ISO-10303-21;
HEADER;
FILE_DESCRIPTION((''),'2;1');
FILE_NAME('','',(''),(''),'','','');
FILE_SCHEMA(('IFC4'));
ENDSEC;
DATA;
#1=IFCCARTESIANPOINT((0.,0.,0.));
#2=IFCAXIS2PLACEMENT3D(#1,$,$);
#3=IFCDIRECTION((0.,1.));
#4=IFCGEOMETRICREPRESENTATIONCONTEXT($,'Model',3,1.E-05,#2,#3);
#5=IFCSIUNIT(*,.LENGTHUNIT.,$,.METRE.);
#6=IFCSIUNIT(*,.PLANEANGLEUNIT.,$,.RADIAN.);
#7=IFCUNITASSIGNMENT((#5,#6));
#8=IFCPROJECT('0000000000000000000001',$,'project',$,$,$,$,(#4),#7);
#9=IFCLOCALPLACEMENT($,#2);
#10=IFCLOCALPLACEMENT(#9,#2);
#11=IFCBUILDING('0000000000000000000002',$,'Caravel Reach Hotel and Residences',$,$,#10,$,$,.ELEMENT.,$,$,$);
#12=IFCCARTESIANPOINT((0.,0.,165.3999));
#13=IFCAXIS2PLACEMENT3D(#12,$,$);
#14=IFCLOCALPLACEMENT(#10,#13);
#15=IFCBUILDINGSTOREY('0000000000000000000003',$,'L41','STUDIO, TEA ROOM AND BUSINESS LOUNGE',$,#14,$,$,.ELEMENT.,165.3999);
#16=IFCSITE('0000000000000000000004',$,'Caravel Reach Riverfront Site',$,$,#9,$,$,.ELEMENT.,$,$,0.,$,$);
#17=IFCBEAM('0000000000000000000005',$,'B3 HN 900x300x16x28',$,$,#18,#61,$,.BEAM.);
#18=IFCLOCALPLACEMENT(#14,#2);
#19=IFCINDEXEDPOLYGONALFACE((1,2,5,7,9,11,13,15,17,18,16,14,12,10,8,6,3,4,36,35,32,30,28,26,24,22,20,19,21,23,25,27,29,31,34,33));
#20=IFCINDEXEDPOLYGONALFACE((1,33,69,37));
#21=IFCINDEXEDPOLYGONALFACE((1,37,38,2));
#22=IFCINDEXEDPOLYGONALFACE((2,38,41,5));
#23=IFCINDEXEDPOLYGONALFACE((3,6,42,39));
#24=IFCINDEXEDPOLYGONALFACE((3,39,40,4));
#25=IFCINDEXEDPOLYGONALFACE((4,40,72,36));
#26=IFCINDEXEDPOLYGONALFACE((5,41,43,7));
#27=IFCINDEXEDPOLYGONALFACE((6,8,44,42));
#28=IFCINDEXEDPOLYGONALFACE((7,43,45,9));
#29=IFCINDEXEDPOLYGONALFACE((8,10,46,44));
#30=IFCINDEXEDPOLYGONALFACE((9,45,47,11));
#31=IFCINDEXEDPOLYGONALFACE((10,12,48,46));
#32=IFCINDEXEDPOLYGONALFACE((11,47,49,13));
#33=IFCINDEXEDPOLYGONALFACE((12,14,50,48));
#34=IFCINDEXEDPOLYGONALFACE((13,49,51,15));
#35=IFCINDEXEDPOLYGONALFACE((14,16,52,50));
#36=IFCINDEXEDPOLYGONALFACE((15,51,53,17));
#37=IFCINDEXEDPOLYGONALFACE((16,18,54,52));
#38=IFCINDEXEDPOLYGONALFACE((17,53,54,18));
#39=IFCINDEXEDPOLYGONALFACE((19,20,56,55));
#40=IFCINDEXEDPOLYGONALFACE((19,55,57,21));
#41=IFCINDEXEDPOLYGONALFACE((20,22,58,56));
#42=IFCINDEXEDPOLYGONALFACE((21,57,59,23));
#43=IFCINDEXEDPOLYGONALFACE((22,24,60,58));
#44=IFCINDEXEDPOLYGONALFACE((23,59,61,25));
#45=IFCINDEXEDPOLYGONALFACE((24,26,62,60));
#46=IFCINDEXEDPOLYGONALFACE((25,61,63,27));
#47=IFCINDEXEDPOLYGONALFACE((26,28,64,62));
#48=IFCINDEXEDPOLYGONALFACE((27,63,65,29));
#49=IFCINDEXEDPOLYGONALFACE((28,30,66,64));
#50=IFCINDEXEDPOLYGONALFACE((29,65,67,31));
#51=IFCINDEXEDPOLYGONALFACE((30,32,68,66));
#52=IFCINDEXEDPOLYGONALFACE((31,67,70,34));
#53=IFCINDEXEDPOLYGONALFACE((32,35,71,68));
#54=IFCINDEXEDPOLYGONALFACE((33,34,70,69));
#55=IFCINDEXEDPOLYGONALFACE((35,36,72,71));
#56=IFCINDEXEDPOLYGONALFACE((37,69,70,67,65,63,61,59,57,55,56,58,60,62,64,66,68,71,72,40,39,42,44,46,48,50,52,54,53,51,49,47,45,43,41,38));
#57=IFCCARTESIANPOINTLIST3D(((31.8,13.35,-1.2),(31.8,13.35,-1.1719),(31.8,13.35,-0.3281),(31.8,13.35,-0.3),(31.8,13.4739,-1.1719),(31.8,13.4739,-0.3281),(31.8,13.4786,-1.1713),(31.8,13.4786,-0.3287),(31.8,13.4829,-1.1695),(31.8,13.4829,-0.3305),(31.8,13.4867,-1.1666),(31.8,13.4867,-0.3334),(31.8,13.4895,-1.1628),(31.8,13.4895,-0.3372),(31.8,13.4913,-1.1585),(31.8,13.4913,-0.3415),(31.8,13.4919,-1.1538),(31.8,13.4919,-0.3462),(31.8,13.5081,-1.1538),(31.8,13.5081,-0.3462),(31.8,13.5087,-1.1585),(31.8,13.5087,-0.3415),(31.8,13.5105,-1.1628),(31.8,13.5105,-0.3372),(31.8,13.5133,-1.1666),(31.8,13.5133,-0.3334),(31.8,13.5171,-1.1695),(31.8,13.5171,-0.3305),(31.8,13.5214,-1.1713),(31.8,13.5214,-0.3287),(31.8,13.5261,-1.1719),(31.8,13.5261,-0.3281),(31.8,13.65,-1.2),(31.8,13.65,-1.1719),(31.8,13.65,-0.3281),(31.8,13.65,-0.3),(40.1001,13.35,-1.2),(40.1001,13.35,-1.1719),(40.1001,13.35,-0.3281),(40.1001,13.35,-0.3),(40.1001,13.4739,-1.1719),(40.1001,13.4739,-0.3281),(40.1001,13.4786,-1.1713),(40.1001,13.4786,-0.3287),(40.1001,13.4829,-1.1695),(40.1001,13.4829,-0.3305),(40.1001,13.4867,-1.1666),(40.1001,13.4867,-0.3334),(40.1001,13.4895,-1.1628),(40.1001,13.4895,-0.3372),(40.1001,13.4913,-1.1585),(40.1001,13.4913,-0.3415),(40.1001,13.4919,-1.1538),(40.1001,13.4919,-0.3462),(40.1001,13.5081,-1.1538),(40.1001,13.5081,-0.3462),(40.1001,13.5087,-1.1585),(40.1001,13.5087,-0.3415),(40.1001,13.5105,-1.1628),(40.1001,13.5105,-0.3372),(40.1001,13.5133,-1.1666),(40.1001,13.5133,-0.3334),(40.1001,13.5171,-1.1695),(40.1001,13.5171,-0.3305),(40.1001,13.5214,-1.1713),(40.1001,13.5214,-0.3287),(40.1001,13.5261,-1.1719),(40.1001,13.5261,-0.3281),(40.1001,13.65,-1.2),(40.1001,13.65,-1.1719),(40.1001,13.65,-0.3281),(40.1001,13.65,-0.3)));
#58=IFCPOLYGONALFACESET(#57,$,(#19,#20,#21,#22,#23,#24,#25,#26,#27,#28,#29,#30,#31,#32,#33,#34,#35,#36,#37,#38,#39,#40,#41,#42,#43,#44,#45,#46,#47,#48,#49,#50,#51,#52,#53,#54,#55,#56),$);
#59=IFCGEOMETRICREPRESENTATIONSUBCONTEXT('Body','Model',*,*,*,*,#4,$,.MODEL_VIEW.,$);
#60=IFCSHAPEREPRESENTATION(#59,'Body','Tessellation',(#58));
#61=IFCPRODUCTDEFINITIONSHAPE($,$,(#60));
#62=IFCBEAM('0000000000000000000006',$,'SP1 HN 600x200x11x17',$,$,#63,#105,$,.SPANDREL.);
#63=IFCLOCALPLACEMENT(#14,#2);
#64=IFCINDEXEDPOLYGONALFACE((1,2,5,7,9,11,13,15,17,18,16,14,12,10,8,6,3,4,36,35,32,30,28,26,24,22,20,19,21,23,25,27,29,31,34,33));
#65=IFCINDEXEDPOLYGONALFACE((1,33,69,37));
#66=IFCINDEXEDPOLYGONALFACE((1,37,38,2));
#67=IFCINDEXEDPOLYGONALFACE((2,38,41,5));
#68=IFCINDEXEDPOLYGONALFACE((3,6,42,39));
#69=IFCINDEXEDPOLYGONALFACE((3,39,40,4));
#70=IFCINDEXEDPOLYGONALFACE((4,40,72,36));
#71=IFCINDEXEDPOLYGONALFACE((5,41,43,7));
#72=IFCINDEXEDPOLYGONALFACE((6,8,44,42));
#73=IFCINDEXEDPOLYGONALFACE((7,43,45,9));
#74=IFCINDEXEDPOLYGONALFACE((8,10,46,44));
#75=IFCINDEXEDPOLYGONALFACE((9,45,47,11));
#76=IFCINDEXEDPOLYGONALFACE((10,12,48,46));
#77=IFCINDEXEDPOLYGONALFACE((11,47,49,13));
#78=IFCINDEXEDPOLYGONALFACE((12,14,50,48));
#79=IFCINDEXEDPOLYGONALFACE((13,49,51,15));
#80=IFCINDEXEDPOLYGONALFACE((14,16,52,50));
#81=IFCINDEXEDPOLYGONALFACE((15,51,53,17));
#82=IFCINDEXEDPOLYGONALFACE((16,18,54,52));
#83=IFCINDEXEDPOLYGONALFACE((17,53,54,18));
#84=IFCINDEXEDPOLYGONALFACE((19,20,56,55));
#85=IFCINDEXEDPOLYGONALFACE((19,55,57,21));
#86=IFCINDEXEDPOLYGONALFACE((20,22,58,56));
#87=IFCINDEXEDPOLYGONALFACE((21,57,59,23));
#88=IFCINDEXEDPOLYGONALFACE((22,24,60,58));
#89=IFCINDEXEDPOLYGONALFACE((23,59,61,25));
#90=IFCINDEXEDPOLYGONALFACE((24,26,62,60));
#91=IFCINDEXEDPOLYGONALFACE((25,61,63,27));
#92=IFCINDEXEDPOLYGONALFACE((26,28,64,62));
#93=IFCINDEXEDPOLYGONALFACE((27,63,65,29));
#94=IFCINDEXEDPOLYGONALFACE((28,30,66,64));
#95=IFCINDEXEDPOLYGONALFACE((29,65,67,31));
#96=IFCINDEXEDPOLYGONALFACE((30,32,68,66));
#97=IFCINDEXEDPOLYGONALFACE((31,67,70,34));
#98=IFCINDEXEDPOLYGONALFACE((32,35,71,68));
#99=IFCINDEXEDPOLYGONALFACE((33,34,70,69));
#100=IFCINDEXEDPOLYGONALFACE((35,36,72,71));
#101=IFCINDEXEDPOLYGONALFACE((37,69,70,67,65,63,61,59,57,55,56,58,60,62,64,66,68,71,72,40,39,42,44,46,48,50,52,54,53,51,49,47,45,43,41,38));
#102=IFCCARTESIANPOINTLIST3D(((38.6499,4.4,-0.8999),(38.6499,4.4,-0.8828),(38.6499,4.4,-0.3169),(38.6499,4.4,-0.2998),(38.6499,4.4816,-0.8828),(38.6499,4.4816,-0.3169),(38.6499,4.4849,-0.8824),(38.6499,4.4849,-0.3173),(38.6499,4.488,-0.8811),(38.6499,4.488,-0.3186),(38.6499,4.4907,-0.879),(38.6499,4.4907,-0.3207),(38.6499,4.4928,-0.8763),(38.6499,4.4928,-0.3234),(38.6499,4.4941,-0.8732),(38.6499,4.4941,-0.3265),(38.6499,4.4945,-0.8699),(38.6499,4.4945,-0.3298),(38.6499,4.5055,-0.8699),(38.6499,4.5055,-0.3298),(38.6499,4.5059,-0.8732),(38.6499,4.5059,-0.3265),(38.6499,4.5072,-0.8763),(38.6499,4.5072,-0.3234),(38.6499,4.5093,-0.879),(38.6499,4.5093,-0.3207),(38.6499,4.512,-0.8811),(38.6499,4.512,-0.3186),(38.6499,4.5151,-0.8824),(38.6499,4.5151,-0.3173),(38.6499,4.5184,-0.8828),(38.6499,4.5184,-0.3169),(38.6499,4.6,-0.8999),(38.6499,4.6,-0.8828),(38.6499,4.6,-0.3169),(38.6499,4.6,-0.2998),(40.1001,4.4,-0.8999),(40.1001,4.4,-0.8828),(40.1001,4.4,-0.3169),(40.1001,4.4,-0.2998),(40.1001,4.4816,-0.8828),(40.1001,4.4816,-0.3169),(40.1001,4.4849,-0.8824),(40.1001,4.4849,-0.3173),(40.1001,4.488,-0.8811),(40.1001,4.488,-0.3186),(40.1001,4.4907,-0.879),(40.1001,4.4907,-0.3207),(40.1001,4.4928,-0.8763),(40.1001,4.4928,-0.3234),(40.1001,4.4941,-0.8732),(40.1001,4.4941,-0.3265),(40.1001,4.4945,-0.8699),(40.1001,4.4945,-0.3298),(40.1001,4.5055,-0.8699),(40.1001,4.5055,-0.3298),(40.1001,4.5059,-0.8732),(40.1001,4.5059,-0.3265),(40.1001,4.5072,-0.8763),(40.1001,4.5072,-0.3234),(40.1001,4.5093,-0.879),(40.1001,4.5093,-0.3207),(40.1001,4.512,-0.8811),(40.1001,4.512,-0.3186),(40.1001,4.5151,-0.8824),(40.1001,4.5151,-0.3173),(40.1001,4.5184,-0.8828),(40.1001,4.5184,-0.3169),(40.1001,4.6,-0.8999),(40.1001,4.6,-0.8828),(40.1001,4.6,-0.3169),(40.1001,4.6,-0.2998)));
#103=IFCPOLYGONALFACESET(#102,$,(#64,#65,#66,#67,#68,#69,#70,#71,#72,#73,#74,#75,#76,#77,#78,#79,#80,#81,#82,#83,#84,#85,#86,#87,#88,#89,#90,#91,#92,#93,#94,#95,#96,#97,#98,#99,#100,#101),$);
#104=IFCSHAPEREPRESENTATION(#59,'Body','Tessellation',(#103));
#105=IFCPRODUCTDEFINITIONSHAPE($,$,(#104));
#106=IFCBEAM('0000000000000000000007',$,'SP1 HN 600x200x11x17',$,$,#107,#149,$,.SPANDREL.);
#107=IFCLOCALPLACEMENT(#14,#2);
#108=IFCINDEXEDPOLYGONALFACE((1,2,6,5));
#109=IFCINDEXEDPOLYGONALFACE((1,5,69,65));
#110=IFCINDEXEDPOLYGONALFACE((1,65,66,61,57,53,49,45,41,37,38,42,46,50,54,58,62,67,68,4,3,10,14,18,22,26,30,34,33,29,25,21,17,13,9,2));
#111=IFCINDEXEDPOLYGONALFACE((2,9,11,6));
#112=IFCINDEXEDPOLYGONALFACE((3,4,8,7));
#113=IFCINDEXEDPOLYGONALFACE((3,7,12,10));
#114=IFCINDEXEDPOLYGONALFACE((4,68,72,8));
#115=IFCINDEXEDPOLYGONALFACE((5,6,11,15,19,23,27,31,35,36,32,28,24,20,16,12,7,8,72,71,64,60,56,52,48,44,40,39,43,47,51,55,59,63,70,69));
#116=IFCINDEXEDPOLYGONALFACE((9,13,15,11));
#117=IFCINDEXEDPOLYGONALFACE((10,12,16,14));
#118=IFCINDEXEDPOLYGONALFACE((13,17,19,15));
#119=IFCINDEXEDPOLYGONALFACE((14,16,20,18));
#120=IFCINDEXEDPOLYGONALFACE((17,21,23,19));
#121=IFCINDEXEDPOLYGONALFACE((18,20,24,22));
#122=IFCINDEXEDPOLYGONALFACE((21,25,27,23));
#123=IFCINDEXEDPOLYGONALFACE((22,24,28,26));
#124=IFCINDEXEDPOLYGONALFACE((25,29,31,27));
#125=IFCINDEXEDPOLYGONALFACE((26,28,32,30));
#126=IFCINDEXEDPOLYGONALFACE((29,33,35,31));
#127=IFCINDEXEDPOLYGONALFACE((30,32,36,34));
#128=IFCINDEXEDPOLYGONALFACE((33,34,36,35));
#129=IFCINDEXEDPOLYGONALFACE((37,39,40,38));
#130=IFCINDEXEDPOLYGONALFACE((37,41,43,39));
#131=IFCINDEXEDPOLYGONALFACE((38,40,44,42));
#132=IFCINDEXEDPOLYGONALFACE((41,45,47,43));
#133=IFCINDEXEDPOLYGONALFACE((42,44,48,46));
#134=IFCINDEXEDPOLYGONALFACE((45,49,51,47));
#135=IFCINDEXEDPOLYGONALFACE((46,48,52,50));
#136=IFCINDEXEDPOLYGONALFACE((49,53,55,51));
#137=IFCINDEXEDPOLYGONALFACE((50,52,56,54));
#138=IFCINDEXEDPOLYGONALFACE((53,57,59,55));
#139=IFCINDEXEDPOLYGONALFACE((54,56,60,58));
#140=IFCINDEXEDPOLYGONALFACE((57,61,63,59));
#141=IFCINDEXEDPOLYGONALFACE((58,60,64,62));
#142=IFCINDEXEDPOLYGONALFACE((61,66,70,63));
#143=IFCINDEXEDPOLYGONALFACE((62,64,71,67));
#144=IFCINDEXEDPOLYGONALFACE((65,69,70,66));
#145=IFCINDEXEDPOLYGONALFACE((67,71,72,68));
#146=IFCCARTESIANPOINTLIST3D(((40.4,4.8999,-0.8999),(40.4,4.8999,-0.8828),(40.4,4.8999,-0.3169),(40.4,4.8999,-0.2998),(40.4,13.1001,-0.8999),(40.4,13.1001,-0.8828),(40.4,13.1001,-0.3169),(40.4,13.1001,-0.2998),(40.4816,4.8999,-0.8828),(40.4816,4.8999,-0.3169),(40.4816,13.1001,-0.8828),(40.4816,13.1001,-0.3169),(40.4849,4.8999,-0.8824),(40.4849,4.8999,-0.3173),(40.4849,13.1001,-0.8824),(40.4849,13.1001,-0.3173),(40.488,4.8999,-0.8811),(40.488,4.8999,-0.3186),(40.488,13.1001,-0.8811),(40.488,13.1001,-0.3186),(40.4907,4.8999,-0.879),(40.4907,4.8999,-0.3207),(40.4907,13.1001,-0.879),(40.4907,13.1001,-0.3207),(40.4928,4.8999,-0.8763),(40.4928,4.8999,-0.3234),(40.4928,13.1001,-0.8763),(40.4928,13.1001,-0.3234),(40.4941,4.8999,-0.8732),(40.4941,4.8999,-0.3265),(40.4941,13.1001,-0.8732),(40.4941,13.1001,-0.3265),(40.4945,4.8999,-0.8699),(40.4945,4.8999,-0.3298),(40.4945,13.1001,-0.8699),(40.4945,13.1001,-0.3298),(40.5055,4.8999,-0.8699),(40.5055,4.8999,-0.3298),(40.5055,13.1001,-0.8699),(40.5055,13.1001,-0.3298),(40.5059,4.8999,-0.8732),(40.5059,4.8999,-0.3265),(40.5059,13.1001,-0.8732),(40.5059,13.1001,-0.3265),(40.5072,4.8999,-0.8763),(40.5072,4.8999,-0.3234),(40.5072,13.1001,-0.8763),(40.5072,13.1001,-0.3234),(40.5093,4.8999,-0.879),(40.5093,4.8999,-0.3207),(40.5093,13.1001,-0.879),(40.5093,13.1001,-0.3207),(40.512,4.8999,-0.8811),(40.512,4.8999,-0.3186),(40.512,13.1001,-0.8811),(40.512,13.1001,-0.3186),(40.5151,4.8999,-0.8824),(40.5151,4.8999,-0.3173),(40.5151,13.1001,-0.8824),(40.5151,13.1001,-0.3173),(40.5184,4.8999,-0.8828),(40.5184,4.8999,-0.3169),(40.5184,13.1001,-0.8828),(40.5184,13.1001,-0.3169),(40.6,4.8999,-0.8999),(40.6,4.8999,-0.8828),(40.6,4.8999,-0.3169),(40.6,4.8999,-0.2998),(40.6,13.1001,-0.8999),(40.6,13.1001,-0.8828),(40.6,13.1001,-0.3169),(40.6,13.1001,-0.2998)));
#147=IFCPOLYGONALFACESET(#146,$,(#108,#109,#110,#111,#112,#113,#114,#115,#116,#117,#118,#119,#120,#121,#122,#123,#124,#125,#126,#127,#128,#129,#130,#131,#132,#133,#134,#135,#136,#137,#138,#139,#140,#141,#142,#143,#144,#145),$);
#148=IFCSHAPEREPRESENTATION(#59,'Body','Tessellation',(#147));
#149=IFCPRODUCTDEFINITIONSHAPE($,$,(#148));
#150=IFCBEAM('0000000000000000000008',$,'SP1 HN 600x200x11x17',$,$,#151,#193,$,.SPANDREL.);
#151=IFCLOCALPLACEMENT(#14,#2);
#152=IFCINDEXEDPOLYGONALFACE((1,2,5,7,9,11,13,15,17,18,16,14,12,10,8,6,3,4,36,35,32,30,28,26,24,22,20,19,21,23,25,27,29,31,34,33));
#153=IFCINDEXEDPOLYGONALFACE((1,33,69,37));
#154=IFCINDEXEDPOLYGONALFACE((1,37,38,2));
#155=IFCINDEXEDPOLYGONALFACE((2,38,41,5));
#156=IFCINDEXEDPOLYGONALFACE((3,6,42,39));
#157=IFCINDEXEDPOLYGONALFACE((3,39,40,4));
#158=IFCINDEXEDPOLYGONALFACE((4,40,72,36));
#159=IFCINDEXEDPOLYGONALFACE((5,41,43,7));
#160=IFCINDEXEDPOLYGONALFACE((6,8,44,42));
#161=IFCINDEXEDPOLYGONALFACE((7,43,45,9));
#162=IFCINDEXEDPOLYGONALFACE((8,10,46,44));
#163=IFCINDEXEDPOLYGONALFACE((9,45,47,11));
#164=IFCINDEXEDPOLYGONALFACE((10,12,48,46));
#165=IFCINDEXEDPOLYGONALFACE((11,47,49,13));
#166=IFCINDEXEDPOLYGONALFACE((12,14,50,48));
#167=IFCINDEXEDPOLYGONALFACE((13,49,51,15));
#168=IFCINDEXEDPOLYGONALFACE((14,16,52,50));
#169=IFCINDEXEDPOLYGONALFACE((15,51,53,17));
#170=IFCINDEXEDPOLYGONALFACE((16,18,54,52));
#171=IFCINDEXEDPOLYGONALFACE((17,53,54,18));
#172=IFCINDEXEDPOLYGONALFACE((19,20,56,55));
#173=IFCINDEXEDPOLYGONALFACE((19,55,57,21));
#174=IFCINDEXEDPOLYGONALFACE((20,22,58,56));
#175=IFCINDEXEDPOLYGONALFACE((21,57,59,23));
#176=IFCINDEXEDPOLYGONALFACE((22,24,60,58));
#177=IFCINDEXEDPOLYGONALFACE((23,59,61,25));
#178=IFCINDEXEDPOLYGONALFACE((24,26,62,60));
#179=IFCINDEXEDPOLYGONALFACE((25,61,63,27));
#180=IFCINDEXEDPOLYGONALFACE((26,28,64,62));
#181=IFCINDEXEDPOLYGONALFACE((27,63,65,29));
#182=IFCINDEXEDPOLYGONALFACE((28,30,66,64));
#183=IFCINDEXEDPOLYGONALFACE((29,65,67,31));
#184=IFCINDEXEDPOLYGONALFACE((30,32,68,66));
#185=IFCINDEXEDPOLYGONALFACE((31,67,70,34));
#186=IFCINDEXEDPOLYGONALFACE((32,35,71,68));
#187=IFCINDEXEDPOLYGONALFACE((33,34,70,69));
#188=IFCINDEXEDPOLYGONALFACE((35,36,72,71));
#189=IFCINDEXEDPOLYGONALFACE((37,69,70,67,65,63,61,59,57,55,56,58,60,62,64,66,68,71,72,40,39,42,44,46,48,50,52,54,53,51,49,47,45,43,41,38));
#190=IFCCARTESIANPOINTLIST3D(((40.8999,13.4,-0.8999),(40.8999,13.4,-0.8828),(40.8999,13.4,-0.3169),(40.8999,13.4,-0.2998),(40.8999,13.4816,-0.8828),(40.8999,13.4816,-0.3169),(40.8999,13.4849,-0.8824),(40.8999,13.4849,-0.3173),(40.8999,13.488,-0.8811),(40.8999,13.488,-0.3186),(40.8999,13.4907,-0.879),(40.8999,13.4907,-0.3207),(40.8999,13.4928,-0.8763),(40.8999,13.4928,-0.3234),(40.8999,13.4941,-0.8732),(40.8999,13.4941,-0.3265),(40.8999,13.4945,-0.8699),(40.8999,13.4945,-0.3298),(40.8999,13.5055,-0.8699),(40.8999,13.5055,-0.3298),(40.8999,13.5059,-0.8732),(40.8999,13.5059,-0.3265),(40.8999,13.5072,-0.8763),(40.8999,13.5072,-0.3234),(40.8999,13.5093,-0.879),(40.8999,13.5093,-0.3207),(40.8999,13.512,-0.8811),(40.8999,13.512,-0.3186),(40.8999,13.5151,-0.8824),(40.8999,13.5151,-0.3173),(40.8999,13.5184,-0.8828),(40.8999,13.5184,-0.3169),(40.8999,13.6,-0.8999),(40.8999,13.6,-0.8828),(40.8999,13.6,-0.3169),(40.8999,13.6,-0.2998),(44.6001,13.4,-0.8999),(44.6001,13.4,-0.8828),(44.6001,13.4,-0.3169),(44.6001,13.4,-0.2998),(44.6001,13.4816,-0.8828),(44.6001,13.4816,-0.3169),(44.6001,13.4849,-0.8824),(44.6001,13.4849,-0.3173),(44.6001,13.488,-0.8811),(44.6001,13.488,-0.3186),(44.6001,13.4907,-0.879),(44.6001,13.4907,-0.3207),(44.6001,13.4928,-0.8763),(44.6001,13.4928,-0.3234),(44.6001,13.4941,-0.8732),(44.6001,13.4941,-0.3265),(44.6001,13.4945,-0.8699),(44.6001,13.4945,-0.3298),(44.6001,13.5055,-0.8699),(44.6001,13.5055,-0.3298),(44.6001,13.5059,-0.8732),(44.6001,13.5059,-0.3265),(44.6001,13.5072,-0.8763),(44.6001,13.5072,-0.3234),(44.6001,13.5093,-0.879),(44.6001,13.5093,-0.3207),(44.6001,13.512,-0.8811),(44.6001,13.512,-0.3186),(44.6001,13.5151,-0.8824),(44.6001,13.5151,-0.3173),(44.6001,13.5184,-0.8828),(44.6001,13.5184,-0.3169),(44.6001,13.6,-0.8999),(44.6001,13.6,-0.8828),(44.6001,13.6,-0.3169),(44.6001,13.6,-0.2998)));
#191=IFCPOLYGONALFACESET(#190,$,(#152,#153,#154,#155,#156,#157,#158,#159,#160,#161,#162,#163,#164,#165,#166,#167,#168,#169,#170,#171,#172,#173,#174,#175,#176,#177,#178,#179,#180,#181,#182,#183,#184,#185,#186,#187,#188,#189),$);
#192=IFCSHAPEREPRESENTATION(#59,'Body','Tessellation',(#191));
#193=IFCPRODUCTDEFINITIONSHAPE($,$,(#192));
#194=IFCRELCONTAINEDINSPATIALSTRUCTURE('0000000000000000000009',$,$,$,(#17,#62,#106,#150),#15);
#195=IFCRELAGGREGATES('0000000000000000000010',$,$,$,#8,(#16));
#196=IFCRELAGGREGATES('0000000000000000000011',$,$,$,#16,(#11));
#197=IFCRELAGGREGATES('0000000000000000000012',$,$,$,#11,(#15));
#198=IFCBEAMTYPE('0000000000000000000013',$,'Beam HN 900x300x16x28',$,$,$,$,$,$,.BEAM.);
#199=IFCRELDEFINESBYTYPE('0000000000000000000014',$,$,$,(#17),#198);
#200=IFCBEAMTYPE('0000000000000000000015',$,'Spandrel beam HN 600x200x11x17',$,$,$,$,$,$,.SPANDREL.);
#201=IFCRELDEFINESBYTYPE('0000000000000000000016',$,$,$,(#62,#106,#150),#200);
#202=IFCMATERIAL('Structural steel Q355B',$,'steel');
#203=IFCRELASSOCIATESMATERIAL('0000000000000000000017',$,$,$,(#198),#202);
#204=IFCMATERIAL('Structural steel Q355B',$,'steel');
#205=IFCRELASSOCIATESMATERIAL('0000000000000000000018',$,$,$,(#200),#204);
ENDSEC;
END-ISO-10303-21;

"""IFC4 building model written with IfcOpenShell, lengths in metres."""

from ifc_helpers import new_model, si_unit, direction, frame, origin, origin_2d, place, context, subcontext, project, spatial, i_section, extrude, material, material_profile, profile_set, type_object, element, save


model = new_model("IFC4")

# Units and contexts
model_context = context("Model", 3, precision=1e-05, world=origin(), true_north=direction((0.0, 1.0)))
body_context = subcontext(model_context, "Body", "Model", "MODEL_VIEW")
ifc_project = project(units=[si_unit("LENGTHUNIT", "METRE"), si_unit("PLANEANGLEUNIT", "RADIAN")], contexts=[model_context])

# Site, building, storey
site_placement = place(None, origin())
site = spatial("IfcSite", under=ifc_project, at=site_placement, Name="Caravel Reach Riverfront Site", CompositionType="ELEMENT", RefElevation=0.0)
building_placement = place(site_placement, origin())
building = spatial("IfcBuilding", under=site, at=building_placement, Name="Caravel Reach Hotel and Residences", CompositionType="ELEMENT")
storey_placement = place(building_placement, frame((0.0, 0.0, 165.3999)))
storey = spatial("IfcBuildingStorey", under=building, at=storey_placement, Name="L41", Description="STUDIO, TEA ROOM AND BUSINESS LOUNGE", CompositionType="ELEMENT", Elevation=165.3999)

# Beams
ifc_material_1 = material(Name="Structural steel Q355B", Category="steel")
ifc_material_profile_1 = material_profile(ifc_material_1, i_section(OverallWidth=0.3, OverallDepth=0.8999, WebThickness=0.0161, FlangeThickness=0.0281, FilletRadius=0.0181, at=origin_2d()), Name="HN 900x300x16x28")
ifc_profile_set_1 = profile_set([ifc_material_profile_1], Name="Structural steel Q355B")
beam_type_1 = type_object("IfcBeamType", Name="Beam HN 900x300x16x28", PredefinedType="BEAM", material=ifc_profile_set_1)
beam_1_placement = place(storey_placement, frame((31.8, 13.5, -0.75), z_axis=(1.0, 0.0, 0.0), x_axis=(0.0, 1.0, 0.0)))
element("IfcBeam", 1, at=beam_1_placement, inside=storey, type_object=beam_type_1, Name="B3 HN 900x300x16x28", PredefinedType="BEAM", context=body_context, shape_type="SweptSolid", body=[
    extrude(i_section(OverallWidth=0.3, OverallDepth=0.8999, WebThickness=0.0161, FlangeThickness=0.0281, FilletRadius=0.0181, at=origin_2d()), origin(), (0.0, 0.0, 1.0), 8.3),
])
ifc_material_2 = material(Name="Structural steel Q355B", Category="steel")
ifc_material_profile_2 = material_profile(ifc_material_2, i_section(OverallWidth=0.2, OverallDepth=0.6001, WebThickness=0.011, FlangeThickness=0.0171, FilletRadius=0.0129, at=origin_2d()), Name="HN 600x200x11x17")
ifc_profile_set_2 = profile_set([ifc_material_profile_2], Name="Structural steel Q355B")
beam_type_2 = type_object("IfcBeamType", Name="Spandrel beam HN 600x200x11x17", PredefinedType="SPANDREL", material=ifc_profile_set_2)
beam_2_placement = place(storey_placement, frame((38.6499, 4.5, -0.5999), z_axis=(1.0, 0.0, 0.0), x_axis=(0.0, 1.0, 0.0)))
element("IfcBeam", 2, at=beam_2_placement, inside=storey, type_object=beam_type_2, Name="SP1 HN 600x200x11x17", PredefinedType="SPANDREL", context=body_context, shape_type="SweptSolid", body=[
    extrude(i_section(OverallWidth=0.2, OverallDepth=0.6001, WebThickness=0.011, FlangeThickness=0.0171, FilletRadius=0.0129, at=origin_2d()), origin(), (0.0, 0.0, 1.0), 1.4502),
])
beam_3_placement = place(storey_placement, frame((40.5, 4.8999, -0.5999), z_axis=(0.0, 1.0, 0.0), x_axis=(-1.0, 0.0, 0.0)))
element("IfcBeam", 3, at=beam_3_placement, inside=storey, type_object=beam_type_2, Name="SP1 HN 600x200x11x17", PredefinedType="SPANDREL", context=body_context, shape_type="SweptSolid", body=[
    extrude(i_section(OverallWidth=0.2, OverallDepth=0.6001, WebThickness=0.011, FlangeThickness=0.0171, FilletRadius=0.0129, at=origin_2d()), origin(), (0.0, 0.0, 1.0), 8.2002),
])
beam_4_placement = place(storey_placement, frame((40.8999, 13.5, -0.5999), z_axis=(1.0, 0.0, 0.0), x_axis=(0.0, 1.0, 0.0)))
element("IfcBeam", 4, at=beam_4_placement, inside=storey, type_object=beam_type_2, Name="SP1 HN 600x200x11x17", PredefinedType="SPANDREL", context=body_context, shape_type="SweptSolid", body=[
    extrude(i_section(OverallWidth=0.2, OverallDepth=0.6001, WebThickness=0.011, FlangeThickness=0.0171, FilletRadius=0.0129, at=origin_2d()), origin(), (0.0, 0.0, 1.0), 3.7002),
])

save(model, "model.ifc")
